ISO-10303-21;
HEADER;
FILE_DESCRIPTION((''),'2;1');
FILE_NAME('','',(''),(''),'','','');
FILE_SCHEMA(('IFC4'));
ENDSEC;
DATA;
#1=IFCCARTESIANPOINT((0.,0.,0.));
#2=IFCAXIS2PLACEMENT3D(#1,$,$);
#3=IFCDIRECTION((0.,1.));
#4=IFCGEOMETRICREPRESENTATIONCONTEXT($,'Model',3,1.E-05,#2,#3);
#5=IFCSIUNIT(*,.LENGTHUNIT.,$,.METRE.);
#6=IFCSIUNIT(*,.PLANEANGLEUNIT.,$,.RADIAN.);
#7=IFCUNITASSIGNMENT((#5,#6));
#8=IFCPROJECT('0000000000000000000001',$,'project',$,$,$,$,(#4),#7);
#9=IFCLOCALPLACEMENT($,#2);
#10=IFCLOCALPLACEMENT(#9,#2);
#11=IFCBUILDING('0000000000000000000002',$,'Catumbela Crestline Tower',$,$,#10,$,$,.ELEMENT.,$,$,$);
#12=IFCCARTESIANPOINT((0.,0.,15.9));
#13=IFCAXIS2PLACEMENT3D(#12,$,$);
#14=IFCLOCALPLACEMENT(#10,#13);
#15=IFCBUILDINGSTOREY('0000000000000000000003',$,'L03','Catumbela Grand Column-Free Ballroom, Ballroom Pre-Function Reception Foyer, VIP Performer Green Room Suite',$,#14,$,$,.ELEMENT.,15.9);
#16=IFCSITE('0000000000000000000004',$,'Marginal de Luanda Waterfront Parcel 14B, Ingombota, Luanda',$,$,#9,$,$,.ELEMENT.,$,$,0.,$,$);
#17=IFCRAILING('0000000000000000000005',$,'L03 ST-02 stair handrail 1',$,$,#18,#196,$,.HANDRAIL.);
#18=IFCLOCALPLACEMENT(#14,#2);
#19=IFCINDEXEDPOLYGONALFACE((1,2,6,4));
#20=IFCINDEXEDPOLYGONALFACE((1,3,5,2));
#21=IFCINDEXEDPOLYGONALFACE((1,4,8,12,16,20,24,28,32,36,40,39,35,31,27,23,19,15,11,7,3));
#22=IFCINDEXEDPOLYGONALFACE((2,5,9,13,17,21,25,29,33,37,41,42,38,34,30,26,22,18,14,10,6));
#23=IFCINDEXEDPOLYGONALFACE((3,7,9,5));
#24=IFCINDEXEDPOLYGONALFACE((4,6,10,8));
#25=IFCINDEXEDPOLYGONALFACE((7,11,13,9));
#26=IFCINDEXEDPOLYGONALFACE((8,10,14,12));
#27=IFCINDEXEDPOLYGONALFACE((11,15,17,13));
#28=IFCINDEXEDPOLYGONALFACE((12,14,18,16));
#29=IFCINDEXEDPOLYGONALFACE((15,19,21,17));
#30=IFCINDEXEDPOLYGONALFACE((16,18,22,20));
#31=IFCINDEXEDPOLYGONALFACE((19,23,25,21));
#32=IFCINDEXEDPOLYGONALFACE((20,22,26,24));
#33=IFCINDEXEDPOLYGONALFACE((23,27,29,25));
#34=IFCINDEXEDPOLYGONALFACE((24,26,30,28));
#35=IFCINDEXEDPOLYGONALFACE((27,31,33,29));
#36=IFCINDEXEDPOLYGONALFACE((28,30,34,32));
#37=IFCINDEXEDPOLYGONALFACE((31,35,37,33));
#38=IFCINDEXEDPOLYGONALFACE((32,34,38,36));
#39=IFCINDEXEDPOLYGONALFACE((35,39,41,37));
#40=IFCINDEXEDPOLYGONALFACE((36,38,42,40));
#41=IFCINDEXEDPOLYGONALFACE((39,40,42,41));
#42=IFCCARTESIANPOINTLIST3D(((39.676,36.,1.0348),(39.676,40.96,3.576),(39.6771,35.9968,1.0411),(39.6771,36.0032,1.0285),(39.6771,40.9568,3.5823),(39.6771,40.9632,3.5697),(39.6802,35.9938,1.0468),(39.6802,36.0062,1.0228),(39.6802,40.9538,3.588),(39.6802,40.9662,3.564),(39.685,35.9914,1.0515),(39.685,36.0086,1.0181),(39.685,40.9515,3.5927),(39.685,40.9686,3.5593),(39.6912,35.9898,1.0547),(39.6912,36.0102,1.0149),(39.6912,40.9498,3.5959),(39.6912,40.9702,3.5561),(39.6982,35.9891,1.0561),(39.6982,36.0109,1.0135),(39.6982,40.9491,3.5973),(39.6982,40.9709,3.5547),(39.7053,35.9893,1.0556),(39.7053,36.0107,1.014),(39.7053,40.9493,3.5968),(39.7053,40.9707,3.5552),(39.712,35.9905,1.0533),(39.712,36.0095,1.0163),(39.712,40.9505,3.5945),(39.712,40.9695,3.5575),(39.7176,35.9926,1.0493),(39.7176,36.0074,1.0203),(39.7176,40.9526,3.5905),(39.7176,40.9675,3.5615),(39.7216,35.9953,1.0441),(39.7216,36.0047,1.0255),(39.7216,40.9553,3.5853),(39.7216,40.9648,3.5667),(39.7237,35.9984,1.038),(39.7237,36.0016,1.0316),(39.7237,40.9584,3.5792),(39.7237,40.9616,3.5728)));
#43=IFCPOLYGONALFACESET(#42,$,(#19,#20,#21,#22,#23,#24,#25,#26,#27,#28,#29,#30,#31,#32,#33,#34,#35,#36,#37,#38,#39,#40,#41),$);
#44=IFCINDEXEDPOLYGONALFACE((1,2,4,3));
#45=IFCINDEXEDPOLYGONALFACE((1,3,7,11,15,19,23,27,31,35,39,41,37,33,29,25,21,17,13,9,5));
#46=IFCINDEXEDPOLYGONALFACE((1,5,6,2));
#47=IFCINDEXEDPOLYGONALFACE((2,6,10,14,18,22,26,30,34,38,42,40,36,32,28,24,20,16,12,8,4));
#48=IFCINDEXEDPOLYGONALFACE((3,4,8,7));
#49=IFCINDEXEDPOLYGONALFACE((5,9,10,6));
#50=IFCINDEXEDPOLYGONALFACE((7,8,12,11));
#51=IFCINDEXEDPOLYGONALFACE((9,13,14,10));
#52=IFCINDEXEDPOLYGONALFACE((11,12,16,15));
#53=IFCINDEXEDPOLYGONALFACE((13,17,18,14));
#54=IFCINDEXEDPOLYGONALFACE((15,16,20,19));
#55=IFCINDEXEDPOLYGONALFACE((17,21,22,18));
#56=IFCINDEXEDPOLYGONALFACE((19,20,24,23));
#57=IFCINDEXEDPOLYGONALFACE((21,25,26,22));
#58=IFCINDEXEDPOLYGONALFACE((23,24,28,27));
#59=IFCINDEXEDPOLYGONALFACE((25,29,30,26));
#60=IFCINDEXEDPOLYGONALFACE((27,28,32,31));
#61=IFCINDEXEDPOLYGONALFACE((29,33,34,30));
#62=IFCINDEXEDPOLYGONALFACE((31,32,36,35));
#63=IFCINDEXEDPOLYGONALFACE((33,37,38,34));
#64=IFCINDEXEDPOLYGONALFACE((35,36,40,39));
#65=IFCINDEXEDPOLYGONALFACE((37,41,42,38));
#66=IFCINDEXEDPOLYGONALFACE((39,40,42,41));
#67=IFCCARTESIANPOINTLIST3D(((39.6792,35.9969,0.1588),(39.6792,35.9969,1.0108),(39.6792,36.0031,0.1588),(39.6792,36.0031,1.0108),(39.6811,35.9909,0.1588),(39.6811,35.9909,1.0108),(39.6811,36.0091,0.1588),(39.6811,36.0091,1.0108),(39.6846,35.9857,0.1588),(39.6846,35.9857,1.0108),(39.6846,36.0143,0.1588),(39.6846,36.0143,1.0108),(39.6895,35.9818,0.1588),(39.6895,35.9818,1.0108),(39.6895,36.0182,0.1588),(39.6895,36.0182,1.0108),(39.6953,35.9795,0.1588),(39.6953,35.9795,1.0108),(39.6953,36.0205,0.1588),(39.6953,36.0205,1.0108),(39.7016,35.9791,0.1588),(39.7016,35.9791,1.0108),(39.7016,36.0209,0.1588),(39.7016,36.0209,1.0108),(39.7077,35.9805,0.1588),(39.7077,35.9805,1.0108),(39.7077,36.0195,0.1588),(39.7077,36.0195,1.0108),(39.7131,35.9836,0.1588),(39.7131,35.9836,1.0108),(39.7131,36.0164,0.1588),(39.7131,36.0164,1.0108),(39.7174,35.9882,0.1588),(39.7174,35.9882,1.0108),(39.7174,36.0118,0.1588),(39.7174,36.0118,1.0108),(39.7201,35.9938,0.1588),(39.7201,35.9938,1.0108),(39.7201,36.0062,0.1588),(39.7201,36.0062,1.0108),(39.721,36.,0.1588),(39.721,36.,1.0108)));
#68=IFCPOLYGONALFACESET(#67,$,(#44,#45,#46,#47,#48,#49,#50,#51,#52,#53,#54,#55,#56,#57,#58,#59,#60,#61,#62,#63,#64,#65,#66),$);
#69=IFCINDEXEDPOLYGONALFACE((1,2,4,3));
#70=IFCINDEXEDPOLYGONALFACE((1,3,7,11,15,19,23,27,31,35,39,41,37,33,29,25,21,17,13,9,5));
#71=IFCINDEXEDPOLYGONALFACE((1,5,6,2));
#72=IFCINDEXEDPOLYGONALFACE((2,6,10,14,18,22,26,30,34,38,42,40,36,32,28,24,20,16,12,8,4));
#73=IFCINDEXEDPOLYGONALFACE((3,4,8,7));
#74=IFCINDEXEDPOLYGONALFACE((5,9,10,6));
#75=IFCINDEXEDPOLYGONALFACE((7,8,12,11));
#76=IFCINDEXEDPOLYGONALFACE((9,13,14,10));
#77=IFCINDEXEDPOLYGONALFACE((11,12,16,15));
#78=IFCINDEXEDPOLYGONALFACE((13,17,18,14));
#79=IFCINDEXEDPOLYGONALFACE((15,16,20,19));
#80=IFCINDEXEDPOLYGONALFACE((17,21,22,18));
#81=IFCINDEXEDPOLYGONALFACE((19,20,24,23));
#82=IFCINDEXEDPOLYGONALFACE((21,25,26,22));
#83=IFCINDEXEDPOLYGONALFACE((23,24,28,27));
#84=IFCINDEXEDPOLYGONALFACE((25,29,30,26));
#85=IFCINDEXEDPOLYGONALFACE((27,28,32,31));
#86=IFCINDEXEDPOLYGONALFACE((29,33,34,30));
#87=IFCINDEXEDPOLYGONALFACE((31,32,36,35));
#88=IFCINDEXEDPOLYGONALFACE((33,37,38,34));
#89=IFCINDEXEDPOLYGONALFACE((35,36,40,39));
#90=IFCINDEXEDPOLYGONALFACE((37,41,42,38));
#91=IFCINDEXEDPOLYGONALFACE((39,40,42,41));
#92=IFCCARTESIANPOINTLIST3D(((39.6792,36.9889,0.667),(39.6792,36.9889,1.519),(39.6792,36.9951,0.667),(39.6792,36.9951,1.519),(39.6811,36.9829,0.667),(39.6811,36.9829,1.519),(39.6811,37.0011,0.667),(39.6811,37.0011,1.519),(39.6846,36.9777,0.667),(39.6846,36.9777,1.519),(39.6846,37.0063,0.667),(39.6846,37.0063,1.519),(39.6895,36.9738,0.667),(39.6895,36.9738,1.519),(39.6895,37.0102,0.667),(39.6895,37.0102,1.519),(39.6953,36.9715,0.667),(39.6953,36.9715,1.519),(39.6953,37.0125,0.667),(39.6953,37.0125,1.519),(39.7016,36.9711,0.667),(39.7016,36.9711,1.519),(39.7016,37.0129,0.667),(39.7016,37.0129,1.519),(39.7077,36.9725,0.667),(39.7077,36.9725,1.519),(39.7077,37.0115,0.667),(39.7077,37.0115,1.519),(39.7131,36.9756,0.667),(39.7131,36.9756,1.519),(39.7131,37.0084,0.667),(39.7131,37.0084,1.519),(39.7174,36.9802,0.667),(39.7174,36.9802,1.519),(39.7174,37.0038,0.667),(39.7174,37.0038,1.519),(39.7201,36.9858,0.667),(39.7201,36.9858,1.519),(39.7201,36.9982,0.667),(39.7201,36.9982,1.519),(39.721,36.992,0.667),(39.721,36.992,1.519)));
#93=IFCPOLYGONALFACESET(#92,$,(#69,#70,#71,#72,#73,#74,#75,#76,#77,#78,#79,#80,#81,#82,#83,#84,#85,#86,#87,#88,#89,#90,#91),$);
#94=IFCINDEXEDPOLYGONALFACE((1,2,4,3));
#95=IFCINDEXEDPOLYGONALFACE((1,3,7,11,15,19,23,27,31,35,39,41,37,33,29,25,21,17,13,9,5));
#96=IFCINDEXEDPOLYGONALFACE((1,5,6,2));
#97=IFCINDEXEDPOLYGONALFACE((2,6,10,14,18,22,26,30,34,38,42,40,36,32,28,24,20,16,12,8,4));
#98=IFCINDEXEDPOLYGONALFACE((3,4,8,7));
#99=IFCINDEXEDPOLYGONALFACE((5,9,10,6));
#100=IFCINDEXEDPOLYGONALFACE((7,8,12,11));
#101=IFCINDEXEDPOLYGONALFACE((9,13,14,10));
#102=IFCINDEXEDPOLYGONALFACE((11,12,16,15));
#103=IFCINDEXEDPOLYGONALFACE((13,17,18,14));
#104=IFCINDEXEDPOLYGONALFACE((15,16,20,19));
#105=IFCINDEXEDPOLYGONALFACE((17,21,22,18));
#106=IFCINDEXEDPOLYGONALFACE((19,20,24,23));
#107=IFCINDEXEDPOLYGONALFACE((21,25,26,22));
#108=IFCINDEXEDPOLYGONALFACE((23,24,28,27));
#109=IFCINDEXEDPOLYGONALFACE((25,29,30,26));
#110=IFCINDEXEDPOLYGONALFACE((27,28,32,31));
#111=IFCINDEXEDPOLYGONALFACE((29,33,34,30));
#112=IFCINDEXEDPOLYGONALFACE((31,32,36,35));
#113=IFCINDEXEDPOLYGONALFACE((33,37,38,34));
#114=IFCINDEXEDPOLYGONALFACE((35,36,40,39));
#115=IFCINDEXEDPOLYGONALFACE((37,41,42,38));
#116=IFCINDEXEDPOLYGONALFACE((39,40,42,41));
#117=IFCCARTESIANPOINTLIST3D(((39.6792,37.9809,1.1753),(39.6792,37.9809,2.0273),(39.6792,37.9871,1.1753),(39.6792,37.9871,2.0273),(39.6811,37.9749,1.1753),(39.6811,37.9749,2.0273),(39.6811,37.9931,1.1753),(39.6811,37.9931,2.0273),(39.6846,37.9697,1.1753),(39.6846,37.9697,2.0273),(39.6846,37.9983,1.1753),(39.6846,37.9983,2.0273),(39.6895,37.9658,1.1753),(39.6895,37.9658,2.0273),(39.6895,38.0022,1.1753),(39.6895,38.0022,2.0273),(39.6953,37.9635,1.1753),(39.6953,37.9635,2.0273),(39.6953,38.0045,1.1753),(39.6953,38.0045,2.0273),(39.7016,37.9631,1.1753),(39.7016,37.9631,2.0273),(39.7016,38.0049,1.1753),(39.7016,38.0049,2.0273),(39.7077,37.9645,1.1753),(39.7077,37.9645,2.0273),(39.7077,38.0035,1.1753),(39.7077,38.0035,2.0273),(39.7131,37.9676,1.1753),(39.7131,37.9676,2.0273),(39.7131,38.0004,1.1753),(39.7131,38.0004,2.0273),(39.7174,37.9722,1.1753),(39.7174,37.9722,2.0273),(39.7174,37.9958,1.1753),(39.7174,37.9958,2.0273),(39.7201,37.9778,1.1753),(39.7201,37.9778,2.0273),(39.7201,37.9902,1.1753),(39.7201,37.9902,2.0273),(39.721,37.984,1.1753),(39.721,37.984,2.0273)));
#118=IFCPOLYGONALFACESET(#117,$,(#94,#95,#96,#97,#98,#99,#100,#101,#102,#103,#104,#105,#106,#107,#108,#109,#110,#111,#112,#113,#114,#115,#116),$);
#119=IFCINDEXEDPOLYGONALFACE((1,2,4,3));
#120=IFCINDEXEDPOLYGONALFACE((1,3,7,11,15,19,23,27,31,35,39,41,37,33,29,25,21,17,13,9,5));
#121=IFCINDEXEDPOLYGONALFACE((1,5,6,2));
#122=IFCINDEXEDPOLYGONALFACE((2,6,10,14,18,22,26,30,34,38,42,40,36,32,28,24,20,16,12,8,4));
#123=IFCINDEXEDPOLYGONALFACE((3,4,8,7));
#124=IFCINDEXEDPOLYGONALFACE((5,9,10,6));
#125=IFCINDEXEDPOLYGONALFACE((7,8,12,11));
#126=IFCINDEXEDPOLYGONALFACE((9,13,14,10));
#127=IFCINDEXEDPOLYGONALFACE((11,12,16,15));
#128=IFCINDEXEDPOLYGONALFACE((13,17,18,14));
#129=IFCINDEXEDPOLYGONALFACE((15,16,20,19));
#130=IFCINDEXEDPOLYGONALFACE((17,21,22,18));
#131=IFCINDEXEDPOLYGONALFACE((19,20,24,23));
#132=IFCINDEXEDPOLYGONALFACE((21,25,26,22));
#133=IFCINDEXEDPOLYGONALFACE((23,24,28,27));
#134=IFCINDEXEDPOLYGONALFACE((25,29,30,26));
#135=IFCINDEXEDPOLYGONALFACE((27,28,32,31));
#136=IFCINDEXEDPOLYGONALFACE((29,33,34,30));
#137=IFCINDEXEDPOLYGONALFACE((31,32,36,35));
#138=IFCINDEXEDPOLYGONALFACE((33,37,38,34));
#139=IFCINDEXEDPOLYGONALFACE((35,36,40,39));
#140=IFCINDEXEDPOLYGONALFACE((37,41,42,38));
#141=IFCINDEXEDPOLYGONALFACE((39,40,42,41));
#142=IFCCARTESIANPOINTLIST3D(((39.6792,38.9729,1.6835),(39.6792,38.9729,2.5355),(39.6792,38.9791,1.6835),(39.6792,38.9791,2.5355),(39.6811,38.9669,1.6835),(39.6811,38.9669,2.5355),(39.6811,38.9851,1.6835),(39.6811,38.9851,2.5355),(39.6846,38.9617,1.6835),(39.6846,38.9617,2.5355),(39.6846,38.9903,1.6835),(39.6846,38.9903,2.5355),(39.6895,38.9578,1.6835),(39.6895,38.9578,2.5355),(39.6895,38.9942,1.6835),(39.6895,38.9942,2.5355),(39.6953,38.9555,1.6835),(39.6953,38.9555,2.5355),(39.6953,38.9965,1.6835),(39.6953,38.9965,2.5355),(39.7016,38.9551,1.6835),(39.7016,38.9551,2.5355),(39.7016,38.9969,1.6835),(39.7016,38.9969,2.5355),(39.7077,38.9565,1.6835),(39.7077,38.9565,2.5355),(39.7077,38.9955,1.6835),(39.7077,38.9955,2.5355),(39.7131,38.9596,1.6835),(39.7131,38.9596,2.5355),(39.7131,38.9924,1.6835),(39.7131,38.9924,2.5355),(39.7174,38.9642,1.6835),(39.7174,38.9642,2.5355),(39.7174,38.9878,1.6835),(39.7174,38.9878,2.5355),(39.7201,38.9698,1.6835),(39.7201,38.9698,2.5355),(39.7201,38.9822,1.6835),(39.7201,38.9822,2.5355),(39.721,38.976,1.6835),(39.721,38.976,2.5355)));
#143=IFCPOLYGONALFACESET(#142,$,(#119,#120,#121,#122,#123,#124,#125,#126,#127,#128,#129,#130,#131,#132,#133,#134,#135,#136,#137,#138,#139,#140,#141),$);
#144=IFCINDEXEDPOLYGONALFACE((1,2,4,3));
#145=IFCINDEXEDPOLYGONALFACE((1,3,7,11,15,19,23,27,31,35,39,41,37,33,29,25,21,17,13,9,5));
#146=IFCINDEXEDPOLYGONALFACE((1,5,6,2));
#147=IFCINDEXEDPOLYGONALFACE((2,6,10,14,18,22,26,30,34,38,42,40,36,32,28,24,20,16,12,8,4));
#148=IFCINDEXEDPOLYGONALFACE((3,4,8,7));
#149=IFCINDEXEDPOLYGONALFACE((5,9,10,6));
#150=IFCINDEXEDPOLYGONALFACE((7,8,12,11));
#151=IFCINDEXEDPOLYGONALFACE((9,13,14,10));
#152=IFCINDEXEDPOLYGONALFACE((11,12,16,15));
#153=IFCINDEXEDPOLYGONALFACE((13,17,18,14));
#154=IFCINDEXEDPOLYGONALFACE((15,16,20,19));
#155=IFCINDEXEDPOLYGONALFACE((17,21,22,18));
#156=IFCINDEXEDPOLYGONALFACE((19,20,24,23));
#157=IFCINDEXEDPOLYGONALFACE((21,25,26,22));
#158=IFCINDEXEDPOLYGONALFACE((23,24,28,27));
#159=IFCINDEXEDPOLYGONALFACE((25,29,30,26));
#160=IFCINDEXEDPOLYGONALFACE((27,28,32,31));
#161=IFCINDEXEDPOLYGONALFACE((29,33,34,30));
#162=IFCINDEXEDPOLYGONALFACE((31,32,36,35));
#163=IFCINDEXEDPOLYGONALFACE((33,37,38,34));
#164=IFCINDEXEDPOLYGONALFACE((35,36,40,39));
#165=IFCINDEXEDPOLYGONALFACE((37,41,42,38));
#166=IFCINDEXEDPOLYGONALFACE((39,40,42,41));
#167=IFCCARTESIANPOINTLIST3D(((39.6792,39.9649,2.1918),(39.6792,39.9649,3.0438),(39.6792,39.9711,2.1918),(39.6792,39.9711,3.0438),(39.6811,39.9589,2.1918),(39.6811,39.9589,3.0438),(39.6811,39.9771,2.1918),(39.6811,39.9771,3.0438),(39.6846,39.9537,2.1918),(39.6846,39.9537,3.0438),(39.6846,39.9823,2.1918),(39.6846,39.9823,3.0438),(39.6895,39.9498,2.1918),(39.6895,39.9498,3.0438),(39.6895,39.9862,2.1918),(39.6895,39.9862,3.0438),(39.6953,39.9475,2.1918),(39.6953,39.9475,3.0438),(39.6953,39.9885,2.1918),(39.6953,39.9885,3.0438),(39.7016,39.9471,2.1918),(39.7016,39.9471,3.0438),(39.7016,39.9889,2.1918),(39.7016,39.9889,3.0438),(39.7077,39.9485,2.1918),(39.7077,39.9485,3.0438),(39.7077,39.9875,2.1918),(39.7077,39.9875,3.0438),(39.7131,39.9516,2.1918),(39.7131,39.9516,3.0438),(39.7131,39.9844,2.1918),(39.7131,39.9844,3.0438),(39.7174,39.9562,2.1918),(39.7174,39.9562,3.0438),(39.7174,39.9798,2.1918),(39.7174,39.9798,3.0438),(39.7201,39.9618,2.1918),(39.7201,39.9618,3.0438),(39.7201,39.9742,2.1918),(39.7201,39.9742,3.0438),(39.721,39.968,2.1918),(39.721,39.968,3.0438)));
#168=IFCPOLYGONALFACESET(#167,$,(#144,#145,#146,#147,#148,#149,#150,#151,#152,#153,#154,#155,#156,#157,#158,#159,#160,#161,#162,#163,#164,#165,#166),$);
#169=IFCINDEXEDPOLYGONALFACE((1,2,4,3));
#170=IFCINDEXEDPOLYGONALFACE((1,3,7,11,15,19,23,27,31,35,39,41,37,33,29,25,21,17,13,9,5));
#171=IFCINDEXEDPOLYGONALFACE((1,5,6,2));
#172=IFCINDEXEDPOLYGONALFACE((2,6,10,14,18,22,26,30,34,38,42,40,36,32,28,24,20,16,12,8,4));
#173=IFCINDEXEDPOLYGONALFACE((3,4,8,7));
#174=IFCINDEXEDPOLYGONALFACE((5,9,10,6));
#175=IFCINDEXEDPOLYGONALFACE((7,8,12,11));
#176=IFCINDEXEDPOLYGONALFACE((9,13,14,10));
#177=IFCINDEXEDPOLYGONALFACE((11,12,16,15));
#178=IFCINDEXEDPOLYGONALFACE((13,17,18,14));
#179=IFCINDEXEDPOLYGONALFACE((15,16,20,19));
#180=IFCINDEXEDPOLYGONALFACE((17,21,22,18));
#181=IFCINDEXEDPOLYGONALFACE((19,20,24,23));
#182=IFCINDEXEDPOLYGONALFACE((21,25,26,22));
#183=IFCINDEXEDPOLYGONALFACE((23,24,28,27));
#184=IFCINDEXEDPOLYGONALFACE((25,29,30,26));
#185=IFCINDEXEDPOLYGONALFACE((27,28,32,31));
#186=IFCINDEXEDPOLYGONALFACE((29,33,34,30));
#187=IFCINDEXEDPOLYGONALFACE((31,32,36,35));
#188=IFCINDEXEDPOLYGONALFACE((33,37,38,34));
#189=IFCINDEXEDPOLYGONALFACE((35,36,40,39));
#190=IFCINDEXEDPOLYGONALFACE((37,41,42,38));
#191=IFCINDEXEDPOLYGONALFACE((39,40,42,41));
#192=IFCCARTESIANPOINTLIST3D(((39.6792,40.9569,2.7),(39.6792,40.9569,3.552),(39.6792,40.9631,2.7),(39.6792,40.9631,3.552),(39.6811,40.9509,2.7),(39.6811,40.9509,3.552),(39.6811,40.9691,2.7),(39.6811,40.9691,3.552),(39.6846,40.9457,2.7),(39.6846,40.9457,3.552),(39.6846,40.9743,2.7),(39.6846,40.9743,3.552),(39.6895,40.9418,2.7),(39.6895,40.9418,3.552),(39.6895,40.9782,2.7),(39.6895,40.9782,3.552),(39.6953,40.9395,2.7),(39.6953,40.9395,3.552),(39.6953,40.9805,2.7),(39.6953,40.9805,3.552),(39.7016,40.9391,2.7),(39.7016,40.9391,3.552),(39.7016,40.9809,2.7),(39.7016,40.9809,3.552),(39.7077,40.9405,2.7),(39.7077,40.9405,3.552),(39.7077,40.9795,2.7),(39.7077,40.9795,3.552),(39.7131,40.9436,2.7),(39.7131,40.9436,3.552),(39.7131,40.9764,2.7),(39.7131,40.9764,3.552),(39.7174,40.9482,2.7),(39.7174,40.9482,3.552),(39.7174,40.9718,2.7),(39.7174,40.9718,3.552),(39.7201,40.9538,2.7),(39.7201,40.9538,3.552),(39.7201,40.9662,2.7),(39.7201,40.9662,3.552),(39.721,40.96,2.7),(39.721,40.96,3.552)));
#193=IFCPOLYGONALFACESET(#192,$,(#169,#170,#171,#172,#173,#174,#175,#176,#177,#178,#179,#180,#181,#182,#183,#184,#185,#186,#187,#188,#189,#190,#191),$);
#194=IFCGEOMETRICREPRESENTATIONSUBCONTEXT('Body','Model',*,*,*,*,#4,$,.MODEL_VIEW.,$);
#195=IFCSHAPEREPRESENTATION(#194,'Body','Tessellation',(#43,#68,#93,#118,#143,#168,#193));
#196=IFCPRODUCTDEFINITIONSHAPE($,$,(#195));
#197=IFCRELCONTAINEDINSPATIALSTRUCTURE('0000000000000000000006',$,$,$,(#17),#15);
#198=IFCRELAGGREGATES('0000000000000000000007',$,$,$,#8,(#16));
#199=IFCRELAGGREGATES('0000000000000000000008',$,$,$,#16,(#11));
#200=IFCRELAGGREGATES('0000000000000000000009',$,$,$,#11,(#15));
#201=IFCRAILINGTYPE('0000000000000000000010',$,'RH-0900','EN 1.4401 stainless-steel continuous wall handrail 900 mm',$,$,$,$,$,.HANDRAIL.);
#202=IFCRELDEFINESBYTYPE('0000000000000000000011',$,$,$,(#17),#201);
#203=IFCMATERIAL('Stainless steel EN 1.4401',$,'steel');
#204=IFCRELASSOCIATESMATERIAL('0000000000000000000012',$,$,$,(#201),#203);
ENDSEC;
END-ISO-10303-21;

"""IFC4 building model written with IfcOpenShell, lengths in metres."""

from ifc_helpers import new_model, si_unit, direction, frame, origin, origin_2d, place, context, subcontext, project, spatial, circle, extrude, material, type_object, element, save


model = new_model("IFC4")

# Units and contexts
model_context = context("Model", 3, precision=1e-05, world=origin(), true_north=direction((0.0, 1.0)))
body_context = subcontext(model_context, "Body", "Model", "MODEL_VIEW")
ifc_project = project(units=[si_unit("LENGTHUNIT", "METRE"), si_unit("PLANEANGLEUNIT", "RADIAN")], contexts=[model_context])

# Site, building, storey
site_placement = place(None, origin())
site = spatial("IfcSite", under=ifc_project, at=site_placement, Name="Marginal de Luanda Waterfront Parcel 14B, Ingombota, Luanda", CompositionType="ELEMENT", RefElevation=0.0)
building_placement = place(site_placement, origin())
building = spatial("IfcBuilding", under=site, at=building_placement, Name="Catumbela Crestline Tower", CompositionType="ELEMENT")
storey_placement = place(building_placement, frame((0.0, 0.0, 15.9)))
storey = spatial("IfcBuildingStorey", under=building, at=storey_placement, Name="L03", Description="Catumbela Grand Column-Free Ballroom, Ballroom Pre-Function Reception Foyer, VIP Performer Green Room Suite", CompositionType="ELEMENT", Elevation=15.9)

# Shared definitions
ifc_material_1 = material(Name="Stainless steel EN 1.4401", Category="steel")

# Railing
railing_type_1 = type_object("IfcRailingType", Name="RH-0900", Description="EN 1.4401 stainless-steel continuous wall handrail 900 mm", PredefinedType="HANDRAIL", material=ifc_material_1)
railing_1_placement = place(storey_placement, frame((39.7, 36.0, 0.1588)))
element("IfcRailing", 1, at=railing_1_placement, inside=storey, type_object=railing_type_1, Name="L03 ST-02 stair handrail 1", PredefinedType="HANDRAIL", context=body_context, shape_type="SweptSolid", body=[
    extrude(circle(Radius=0.024, at=origin_2d()), frame((0.0, 0.0, 0.876), z_axis=(0.0, 0.889992, 0.455977), x_axis=(-1.0, 0.0, 0.0)), (0.0, 0.0, 1.0), 5.5731),
    extrude(circle(Radius=0.021, at=origin_2d()), origin(), (0.0, 0.0, 1.0), 0.852),
    extrude(circle(Radius=0.021, at=origin_2d()), frame((0.0, 0.992, 0.5082)), (0.0, 0.0, 1.0), 0.852),
    extrude(circle(Radius=0.021, at=origin_2d()), frame((0.0, 1.984, 1.0165)), (0.0, 0.0, 1.0), 0.852),
    extrude(circle(Radius=0.021, at=origin_2d()), frame((0.0, 2.976, 1.5247)), (0.0, 0.0, 1.0), 0.852),
    extrude(circle(Radius=0.021, at=origin_2d()), frame((0.0, 3.968, 2.033)), (0.0, 0.0, 1.0), 0.852),
    extrude(circle(Radius=0.021, at=origin_2d()), frame((0.0, 4.96, 2.5412)), (0.0, 0.0, 1.0), 0.852),
])

save(model, "model.ifc")
